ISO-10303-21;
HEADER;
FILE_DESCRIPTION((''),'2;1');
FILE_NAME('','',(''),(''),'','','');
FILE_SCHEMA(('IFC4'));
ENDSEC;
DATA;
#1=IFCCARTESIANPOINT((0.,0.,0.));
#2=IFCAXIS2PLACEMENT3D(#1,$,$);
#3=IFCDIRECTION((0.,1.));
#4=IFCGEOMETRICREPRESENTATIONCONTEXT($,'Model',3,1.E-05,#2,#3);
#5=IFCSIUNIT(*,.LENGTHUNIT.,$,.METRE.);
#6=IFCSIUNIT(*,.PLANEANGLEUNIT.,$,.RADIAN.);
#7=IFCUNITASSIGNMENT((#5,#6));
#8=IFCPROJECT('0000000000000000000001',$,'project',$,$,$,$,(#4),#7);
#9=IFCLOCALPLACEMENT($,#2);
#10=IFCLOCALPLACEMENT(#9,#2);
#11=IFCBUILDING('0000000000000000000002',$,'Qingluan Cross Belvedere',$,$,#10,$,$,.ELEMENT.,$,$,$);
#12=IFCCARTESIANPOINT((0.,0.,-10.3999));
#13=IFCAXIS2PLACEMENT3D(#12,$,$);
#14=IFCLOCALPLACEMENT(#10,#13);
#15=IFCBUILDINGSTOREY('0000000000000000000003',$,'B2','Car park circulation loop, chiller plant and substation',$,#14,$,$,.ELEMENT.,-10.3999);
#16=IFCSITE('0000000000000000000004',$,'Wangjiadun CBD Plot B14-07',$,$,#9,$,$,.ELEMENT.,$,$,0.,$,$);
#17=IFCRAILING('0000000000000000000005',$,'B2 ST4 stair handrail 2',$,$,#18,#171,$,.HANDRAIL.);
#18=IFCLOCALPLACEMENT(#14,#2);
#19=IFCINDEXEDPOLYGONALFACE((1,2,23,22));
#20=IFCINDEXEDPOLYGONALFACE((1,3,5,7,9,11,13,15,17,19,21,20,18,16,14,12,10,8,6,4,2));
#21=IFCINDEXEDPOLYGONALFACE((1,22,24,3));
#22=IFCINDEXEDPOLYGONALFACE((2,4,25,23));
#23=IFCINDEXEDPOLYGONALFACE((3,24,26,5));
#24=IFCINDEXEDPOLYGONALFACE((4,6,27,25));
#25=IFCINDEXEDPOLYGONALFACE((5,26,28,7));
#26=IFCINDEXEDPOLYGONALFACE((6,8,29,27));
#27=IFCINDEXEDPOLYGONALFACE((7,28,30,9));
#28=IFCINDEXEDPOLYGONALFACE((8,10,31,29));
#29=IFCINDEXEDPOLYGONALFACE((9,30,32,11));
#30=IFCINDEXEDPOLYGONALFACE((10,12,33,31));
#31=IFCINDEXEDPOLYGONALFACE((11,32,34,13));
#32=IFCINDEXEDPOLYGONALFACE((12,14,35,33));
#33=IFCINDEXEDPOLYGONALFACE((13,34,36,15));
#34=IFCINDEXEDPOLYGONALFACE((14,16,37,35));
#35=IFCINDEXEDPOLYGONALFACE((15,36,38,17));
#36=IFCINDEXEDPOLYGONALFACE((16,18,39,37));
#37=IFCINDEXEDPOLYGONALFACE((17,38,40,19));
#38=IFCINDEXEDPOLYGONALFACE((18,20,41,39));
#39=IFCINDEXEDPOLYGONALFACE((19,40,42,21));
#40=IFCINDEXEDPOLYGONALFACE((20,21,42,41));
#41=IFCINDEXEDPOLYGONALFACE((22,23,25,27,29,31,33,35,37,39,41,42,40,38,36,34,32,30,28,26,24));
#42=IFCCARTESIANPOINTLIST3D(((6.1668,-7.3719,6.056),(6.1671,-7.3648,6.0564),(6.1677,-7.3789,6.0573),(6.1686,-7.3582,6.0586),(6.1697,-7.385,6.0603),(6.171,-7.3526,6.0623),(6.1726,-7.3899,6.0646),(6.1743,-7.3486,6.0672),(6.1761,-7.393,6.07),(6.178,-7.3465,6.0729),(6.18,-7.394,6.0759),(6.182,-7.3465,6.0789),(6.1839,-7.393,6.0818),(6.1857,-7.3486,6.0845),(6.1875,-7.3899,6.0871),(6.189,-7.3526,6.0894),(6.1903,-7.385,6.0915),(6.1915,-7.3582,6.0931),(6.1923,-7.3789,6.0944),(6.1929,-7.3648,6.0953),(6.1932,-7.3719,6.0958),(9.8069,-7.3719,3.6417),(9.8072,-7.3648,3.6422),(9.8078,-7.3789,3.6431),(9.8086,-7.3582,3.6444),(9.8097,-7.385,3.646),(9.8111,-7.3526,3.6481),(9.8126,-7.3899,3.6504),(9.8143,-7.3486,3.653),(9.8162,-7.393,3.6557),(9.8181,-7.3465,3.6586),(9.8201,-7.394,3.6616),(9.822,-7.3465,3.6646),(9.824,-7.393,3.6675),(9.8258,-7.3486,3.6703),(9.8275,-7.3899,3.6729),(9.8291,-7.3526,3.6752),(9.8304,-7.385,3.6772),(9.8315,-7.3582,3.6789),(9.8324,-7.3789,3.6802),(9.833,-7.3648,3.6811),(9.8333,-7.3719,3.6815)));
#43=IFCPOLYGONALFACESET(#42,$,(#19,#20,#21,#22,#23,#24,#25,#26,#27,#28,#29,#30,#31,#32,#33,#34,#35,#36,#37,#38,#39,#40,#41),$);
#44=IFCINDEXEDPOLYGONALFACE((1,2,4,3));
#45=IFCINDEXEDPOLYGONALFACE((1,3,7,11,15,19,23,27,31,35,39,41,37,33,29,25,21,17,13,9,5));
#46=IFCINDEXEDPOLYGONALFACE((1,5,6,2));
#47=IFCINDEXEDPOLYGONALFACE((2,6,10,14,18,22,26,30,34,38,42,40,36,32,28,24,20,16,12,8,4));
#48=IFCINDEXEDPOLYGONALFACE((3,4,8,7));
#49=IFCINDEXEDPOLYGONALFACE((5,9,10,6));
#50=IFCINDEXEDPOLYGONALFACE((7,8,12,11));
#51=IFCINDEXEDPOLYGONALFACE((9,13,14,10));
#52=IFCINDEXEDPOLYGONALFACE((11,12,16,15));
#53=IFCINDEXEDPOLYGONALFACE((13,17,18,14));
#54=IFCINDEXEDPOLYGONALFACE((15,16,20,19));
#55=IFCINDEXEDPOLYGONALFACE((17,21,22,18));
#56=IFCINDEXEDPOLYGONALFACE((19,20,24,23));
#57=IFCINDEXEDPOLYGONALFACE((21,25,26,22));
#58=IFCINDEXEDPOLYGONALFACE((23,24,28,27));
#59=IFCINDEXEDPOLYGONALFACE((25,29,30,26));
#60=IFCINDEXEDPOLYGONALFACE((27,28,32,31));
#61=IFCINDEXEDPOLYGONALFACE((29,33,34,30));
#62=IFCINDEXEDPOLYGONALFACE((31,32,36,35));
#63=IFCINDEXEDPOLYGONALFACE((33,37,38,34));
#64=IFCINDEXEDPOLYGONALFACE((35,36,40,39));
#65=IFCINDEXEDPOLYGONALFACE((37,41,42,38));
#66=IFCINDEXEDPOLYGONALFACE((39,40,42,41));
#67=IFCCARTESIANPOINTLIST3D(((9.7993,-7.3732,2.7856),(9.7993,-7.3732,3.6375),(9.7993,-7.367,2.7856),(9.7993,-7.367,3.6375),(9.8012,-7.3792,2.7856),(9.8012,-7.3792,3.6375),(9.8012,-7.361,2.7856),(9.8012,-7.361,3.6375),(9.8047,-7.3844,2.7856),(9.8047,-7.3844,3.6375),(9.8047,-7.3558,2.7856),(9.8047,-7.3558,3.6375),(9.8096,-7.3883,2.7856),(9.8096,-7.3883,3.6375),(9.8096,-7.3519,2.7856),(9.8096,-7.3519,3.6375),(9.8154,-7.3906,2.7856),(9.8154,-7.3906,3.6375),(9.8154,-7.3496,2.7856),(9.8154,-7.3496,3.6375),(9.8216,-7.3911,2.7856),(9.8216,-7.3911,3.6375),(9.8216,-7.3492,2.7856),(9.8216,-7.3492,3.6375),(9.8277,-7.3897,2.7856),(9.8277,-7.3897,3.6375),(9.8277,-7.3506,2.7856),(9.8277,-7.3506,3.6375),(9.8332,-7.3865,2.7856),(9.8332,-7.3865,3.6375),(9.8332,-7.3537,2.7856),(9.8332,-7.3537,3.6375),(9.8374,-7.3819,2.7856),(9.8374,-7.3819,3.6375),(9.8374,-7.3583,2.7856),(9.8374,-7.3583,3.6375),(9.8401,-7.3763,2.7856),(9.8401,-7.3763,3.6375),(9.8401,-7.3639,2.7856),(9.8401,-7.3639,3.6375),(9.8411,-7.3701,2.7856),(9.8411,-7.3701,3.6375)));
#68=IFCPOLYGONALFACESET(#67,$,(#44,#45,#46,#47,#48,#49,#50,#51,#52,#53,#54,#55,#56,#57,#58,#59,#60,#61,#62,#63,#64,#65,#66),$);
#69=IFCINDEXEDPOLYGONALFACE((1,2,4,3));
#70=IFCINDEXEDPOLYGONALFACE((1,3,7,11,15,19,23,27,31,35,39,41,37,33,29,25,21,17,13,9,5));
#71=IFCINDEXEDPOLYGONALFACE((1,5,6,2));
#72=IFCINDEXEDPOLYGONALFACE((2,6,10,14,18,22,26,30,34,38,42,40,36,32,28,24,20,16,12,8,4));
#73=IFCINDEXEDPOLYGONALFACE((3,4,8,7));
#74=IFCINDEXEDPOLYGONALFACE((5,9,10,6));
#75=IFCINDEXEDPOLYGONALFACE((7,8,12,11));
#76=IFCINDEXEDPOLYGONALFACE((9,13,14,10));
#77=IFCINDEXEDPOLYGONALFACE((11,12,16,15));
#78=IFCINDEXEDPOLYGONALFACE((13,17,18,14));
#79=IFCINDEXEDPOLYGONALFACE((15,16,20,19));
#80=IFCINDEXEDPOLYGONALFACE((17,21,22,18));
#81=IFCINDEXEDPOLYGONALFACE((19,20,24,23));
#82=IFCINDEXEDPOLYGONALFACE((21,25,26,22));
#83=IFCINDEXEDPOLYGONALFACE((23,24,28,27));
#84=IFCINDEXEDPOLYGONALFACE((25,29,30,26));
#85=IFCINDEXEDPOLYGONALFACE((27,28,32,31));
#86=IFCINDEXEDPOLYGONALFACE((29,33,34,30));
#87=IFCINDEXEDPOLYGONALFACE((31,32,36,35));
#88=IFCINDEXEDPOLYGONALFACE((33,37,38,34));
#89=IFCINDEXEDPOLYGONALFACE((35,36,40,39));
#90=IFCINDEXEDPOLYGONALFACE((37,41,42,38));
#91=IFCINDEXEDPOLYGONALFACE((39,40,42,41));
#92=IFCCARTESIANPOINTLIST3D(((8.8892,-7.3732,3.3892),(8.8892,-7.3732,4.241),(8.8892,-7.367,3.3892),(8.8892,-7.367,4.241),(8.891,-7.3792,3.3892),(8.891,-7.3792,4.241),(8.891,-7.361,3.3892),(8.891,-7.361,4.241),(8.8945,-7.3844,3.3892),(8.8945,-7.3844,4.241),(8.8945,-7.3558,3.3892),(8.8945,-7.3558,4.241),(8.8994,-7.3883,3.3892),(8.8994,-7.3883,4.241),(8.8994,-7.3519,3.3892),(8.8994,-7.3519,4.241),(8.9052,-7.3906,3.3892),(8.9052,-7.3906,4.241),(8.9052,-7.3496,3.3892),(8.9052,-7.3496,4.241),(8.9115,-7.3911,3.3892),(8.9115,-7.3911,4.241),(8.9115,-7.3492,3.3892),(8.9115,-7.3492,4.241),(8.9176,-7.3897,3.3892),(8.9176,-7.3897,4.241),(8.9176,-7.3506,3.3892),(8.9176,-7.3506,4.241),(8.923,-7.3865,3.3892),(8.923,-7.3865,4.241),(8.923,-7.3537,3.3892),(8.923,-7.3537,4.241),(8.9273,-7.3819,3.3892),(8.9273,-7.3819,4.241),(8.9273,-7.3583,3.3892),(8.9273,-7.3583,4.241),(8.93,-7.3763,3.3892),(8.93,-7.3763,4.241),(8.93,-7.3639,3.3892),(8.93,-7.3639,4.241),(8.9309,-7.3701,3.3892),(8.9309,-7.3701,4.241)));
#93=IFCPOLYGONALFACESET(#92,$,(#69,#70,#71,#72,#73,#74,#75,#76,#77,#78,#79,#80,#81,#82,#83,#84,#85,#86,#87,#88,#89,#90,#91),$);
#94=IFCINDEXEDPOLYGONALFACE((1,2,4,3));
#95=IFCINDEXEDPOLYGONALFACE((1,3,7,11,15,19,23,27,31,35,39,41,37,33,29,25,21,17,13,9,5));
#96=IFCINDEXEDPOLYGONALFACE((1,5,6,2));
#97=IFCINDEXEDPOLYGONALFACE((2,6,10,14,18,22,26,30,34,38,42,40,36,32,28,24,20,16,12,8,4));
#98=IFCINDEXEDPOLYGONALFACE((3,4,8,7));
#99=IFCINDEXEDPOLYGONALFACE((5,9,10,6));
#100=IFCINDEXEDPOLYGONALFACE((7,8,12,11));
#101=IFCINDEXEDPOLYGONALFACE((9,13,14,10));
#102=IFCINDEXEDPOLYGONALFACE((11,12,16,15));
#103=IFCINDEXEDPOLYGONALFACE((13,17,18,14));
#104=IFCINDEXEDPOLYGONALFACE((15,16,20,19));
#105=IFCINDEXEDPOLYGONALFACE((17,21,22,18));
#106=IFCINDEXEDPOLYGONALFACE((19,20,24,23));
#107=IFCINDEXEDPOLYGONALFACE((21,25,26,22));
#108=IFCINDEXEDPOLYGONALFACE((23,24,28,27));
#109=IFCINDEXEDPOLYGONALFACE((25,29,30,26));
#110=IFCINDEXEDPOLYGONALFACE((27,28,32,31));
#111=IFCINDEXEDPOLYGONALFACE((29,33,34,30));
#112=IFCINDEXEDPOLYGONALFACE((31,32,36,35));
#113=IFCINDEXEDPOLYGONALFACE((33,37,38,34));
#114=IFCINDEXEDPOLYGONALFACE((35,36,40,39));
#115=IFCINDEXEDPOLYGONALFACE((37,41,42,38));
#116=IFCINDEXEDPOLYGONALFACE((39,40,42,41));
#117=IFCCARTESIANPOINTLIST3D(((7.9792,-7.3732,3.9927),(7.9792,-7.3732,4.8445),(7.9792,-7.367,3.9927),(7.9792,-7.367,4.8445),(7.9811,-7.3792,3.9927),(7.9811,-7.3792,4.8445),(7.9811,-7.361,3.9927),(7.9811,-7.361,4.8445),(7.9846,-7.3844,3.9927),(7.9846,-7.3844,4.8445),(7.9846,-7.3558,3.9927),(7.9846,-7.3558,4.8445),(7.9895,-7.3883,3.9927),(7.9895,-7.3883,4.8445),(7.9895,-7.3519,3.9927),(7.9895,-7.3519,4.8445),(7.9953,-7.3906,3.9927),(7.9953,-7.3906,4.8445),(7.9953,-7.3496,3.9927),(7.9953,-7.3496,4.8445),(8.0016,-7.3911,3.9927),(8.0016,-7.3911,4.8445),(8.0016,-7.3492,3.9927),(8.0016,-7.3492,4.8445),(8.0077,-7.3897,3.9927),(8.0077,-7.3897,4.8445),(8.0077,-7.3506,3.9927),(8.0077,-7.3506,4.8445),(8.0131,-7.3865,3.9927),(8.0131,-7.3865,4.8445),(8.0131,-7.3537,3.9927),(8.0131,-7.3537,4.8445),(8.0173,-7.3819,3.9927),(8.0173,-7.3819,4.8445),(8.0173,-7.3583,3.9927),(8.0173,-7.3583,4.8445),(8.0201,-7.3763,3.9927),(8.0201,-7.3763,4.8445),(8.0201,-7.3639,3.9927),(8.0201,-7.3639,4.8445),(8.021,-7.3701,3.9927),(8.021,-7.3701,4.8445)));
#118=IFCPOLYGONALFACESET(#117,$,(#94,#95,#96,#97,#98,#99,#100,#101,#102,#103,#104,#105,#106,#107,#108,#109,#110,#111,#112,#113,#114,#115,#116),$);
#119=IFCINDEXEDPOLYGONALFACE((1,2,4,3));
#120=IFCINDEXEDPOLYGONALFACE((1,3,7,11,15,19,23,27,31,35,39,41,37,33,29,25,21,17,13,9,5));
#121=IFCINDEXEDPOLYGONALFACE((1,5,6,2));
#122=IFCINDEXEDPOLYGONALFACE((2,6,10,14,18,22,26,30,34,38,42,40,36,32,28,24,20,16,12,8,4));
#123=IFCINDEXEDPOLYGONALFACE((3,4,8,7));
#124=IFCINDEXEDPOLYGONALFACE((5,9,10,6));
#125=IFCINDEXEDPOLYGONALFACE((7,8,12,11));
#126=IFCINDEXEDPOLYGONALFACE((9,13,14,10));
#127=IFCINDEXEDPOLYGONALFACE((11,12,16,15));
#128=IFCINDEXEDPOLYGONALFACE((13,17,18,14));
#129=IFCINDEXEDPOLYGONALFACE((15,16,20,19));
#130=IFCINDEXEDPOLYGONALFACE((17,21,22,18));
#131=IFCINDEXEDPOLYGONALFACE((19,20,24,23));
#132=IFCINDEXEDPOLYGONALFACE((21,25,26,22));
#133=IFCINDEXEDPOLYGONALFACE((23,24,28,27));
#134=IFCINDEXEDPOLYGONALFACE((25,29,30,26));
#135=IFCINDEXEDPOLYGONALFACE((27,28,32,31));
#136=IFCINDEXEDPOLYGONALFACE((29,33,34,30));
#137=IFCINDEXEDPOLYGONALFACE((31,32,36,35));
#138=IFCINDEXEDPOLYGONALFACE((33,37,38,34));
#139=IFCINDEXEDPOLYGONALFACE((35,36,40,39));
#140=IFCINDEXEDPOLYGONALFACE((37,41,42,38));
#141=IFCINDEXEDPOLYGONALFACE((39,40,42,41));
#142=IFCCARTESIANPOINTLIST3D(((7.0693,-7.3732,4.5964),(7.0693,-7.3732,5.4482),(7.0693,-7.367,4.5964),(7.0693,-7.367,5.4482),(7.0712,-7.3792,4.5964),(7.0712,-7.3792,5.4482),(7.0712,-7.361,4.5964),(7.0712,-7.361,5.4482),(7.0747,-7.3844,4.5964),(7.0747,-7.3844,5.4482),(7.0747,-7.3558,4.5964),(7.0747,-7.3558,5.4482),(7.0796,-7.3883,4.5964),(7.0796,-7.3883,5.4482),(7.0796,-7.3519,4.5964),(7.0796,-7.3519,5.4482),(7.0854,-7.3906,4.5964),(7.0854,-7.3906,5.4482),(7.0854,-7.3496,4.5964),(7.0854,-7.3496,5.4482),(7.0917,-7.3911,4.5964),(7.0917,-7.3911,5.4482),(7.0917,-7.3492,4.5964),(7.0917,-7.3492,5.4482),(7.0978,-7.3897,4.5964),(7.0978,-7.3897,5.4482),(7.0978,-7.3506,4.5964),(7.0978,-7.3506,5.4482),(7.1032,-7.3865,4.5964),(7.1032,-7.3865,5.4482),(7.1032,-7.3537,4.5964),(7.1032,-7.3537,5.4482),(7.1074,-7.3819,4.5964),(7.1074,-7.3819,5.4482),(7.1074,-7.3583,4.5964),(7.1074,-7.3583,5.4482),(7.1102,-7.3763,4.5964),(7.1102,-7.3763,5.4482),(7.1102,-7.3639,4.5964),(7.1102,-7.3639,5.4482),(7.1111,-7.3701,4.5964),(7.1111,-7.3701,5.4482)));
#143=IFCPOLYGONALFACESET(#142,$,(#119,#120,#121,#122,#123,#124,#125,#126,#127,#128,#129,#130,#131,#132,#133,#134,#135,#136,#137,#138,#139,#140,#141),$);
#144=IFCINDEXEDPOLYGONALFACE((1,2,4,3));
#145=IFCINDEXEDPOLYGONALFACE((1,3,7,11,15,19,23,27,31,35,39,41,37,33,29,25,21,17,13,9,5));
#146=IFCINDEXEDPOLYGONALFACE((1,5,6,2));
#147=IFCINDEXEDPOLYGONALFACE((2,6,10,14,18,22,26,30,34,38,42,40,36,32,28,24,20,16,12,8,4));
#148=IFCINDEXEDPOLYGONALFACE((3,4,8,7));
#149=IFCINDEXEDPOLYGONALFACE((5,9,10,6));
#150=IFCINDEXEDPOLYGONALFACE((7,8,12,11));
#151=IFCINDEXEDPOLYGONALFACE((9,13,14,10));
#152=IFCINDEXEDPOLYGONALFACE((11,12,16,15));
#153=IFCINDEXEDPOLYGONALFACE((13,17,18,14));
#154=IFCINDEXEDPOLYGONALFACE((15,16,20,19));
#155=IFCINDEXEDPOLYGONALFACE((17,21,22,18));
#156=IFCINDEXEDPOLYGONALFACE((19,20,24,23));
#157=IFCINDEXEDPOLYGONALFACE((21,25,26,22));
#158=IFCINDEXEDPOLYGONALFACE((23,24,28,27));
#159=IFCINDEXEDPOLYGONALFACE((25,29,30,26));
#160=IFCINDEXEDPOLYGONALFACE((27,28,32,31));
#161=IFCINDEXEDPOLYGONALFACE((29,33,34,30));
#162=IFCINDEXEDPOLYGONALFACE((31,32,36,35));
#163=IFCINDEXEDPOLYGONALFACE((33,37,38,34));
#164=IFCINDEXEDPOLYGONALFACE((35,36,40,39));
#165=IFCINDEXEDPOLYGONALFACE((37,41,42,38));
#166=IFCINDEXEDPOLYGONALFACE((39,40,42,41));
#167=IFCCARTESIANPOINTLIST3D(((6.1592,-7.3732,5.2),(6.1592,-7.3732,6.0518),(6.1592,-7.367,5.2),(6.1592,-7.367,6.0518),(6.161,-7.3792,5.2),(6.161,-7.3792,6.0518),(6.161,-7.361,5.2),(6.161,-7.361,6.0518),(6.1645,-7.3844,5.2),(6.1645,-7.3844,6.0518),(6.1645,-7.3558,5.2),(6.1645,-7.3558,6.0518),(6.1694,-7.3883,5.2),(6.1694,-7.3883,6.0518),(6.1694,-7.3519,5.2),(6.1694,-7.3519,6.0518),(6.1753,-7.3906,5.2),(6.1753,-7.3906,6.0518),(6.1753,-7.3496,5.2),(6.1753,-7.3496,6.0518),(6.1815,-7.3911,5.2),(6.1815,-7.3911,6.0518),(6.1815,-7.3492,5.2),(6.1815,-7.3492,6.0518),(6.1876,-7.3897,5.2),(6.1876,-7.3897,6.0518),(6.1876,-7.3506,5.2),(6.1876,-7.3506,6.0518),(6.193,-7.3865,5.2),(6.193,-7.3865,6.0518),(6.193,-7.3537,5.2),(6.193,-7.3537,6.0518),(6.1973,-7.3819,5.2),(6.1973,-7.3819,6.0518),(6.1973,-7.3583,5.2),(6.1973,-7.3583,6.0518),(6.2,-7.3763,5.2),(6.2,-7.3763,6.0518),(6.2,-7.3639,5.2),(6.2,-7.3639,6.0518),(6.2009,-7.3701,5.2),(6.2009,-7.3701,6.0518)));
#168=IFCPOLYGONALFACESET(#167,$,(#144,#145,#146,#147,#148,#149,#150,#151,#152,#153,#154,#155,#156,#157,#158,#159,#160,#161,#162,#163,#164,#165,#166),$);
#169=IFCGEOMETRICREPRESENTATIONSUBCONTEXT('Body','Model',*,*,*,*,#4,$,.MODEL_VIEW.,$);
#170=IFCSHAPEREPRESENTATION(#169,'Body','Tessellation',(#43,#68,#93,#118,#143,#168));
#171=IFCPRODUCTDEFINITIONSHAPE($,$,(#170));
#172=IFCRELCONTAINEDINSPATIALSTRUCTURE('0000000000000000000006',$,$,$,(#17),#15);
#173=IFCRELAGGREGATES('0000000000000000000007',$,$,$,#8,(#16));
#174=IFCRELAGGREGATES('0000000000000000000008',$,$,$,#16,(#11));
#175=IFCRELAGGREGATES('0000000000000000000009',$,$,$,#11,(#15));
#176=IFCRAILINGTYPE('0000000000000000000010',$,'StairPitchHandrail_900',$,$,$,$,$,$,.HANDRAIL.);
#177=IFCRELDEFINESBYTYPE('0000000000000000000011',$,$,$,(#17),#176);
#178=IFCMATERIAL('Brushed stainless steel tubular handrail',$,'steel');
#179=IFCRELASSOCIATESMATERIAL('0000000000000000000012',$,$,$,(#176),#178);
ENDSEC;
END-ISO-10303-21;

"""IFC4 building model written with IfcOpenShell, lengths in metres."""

from ifc_helpers import new_model, si_unit, direction, frame, origin, origin_2d, place, context, subcontext, project, spatial, circle, extrude, material, type_object, element, save


model = new_model("IFC4")

# Units and contexts
model_context = context("Model", 3, precision=1e-05, world=origin(), true_north=direction((0.0, 1.0)))
body_context = subcontext(model_context, "Body", "Model", "MODEL_VIEW")
ifc_project = project(units=[si_unit("LENGTHUNIT", "METRE"), si_unit("PLANEANGLEUNIT", "RADIAN")], contexts=[model_context])

# Site, building, storey
site_placement = place(None, origin())
site = spatial("IfcSite", under=ifc_project, at=site_placement, Name="Wangjiadun CBD Plot B14-07", CompositionType="ELEMENT", RefElevation=0.0)
building_placement = place(site_placement, origin())
building = spatial("IfcBuilding", under=site, at=building_placement, Name="Qingluan Cross Belvedere", CompositionType="ELEMENT")
storey_placement = place(building_placement, frame((0.0, 0.0, -10.3999)))
storey = spatial("IfcBuildingStorey", under=building, at=storey_placement, Name="B2", Description="Car park circulation loop, chiller plant and substation", CompositionType="ELEMENT", Elevation=-10.3999)

# Railing
ifc_material_1 = material(Name="Brushed stainless steel tubular handrail", Category="steel")
railing_type_1 = type_object("IfcRailingType", Name="StairPitchHandrail_900", PredefinedType="HANDRAIL", material=ifc_material_1)
railing_1_placement = place(storey_placement, frame((9.8201, -7.3701, 2.7856)))
element("IfcRailing", 1, at=railing_1_placement, inside=storey, type_object=railing_type_1, Name="B2 ST4 stair handrail 2", PredefinedType="HANDRAIL", context=body_context, shape_type="SweptSolid", body=[
    extrude(circle(Radius=0.0239, at=origin_2d()), frame((0.0, 0.0, 0.876), z_axis=(-0.833364, 0.0, 0.552725), x_axis=(0.0, -1.0, 0.0)), (0.0, 0.0, 1.0), 4.3679),
    extrude(circle(Radius=0.021, at=origin_2d()), origin(), (0.0, 0.0, 1.0), 0.8518),
    extrude(circle(Radius=0.021, at=origin_2d()), frame((-0.9102, 0.0, 0.6035)), (0.0, 0.0, 1.0), 0.8518),
    extrude(circle(Radius=0.021, at=origin_2d()), frame((-1.8201, 0.0, 1.207)), (0.0, 0.0, 1.0), 0.8518),
    extrude(circle(Radius=0.021, at=origin_2d()), frame((-2.73, 0.0, 1.8108)), (0.0, 0.0, 1.0), 0.8518),
    extrude(circle(Radius=0.021, at=origin_2d()), frame((-3.6401, 0.0, 2.4143)), (0.0, 0.0, 1.0), 0.8518),
])

save(model, "model.ifc")
